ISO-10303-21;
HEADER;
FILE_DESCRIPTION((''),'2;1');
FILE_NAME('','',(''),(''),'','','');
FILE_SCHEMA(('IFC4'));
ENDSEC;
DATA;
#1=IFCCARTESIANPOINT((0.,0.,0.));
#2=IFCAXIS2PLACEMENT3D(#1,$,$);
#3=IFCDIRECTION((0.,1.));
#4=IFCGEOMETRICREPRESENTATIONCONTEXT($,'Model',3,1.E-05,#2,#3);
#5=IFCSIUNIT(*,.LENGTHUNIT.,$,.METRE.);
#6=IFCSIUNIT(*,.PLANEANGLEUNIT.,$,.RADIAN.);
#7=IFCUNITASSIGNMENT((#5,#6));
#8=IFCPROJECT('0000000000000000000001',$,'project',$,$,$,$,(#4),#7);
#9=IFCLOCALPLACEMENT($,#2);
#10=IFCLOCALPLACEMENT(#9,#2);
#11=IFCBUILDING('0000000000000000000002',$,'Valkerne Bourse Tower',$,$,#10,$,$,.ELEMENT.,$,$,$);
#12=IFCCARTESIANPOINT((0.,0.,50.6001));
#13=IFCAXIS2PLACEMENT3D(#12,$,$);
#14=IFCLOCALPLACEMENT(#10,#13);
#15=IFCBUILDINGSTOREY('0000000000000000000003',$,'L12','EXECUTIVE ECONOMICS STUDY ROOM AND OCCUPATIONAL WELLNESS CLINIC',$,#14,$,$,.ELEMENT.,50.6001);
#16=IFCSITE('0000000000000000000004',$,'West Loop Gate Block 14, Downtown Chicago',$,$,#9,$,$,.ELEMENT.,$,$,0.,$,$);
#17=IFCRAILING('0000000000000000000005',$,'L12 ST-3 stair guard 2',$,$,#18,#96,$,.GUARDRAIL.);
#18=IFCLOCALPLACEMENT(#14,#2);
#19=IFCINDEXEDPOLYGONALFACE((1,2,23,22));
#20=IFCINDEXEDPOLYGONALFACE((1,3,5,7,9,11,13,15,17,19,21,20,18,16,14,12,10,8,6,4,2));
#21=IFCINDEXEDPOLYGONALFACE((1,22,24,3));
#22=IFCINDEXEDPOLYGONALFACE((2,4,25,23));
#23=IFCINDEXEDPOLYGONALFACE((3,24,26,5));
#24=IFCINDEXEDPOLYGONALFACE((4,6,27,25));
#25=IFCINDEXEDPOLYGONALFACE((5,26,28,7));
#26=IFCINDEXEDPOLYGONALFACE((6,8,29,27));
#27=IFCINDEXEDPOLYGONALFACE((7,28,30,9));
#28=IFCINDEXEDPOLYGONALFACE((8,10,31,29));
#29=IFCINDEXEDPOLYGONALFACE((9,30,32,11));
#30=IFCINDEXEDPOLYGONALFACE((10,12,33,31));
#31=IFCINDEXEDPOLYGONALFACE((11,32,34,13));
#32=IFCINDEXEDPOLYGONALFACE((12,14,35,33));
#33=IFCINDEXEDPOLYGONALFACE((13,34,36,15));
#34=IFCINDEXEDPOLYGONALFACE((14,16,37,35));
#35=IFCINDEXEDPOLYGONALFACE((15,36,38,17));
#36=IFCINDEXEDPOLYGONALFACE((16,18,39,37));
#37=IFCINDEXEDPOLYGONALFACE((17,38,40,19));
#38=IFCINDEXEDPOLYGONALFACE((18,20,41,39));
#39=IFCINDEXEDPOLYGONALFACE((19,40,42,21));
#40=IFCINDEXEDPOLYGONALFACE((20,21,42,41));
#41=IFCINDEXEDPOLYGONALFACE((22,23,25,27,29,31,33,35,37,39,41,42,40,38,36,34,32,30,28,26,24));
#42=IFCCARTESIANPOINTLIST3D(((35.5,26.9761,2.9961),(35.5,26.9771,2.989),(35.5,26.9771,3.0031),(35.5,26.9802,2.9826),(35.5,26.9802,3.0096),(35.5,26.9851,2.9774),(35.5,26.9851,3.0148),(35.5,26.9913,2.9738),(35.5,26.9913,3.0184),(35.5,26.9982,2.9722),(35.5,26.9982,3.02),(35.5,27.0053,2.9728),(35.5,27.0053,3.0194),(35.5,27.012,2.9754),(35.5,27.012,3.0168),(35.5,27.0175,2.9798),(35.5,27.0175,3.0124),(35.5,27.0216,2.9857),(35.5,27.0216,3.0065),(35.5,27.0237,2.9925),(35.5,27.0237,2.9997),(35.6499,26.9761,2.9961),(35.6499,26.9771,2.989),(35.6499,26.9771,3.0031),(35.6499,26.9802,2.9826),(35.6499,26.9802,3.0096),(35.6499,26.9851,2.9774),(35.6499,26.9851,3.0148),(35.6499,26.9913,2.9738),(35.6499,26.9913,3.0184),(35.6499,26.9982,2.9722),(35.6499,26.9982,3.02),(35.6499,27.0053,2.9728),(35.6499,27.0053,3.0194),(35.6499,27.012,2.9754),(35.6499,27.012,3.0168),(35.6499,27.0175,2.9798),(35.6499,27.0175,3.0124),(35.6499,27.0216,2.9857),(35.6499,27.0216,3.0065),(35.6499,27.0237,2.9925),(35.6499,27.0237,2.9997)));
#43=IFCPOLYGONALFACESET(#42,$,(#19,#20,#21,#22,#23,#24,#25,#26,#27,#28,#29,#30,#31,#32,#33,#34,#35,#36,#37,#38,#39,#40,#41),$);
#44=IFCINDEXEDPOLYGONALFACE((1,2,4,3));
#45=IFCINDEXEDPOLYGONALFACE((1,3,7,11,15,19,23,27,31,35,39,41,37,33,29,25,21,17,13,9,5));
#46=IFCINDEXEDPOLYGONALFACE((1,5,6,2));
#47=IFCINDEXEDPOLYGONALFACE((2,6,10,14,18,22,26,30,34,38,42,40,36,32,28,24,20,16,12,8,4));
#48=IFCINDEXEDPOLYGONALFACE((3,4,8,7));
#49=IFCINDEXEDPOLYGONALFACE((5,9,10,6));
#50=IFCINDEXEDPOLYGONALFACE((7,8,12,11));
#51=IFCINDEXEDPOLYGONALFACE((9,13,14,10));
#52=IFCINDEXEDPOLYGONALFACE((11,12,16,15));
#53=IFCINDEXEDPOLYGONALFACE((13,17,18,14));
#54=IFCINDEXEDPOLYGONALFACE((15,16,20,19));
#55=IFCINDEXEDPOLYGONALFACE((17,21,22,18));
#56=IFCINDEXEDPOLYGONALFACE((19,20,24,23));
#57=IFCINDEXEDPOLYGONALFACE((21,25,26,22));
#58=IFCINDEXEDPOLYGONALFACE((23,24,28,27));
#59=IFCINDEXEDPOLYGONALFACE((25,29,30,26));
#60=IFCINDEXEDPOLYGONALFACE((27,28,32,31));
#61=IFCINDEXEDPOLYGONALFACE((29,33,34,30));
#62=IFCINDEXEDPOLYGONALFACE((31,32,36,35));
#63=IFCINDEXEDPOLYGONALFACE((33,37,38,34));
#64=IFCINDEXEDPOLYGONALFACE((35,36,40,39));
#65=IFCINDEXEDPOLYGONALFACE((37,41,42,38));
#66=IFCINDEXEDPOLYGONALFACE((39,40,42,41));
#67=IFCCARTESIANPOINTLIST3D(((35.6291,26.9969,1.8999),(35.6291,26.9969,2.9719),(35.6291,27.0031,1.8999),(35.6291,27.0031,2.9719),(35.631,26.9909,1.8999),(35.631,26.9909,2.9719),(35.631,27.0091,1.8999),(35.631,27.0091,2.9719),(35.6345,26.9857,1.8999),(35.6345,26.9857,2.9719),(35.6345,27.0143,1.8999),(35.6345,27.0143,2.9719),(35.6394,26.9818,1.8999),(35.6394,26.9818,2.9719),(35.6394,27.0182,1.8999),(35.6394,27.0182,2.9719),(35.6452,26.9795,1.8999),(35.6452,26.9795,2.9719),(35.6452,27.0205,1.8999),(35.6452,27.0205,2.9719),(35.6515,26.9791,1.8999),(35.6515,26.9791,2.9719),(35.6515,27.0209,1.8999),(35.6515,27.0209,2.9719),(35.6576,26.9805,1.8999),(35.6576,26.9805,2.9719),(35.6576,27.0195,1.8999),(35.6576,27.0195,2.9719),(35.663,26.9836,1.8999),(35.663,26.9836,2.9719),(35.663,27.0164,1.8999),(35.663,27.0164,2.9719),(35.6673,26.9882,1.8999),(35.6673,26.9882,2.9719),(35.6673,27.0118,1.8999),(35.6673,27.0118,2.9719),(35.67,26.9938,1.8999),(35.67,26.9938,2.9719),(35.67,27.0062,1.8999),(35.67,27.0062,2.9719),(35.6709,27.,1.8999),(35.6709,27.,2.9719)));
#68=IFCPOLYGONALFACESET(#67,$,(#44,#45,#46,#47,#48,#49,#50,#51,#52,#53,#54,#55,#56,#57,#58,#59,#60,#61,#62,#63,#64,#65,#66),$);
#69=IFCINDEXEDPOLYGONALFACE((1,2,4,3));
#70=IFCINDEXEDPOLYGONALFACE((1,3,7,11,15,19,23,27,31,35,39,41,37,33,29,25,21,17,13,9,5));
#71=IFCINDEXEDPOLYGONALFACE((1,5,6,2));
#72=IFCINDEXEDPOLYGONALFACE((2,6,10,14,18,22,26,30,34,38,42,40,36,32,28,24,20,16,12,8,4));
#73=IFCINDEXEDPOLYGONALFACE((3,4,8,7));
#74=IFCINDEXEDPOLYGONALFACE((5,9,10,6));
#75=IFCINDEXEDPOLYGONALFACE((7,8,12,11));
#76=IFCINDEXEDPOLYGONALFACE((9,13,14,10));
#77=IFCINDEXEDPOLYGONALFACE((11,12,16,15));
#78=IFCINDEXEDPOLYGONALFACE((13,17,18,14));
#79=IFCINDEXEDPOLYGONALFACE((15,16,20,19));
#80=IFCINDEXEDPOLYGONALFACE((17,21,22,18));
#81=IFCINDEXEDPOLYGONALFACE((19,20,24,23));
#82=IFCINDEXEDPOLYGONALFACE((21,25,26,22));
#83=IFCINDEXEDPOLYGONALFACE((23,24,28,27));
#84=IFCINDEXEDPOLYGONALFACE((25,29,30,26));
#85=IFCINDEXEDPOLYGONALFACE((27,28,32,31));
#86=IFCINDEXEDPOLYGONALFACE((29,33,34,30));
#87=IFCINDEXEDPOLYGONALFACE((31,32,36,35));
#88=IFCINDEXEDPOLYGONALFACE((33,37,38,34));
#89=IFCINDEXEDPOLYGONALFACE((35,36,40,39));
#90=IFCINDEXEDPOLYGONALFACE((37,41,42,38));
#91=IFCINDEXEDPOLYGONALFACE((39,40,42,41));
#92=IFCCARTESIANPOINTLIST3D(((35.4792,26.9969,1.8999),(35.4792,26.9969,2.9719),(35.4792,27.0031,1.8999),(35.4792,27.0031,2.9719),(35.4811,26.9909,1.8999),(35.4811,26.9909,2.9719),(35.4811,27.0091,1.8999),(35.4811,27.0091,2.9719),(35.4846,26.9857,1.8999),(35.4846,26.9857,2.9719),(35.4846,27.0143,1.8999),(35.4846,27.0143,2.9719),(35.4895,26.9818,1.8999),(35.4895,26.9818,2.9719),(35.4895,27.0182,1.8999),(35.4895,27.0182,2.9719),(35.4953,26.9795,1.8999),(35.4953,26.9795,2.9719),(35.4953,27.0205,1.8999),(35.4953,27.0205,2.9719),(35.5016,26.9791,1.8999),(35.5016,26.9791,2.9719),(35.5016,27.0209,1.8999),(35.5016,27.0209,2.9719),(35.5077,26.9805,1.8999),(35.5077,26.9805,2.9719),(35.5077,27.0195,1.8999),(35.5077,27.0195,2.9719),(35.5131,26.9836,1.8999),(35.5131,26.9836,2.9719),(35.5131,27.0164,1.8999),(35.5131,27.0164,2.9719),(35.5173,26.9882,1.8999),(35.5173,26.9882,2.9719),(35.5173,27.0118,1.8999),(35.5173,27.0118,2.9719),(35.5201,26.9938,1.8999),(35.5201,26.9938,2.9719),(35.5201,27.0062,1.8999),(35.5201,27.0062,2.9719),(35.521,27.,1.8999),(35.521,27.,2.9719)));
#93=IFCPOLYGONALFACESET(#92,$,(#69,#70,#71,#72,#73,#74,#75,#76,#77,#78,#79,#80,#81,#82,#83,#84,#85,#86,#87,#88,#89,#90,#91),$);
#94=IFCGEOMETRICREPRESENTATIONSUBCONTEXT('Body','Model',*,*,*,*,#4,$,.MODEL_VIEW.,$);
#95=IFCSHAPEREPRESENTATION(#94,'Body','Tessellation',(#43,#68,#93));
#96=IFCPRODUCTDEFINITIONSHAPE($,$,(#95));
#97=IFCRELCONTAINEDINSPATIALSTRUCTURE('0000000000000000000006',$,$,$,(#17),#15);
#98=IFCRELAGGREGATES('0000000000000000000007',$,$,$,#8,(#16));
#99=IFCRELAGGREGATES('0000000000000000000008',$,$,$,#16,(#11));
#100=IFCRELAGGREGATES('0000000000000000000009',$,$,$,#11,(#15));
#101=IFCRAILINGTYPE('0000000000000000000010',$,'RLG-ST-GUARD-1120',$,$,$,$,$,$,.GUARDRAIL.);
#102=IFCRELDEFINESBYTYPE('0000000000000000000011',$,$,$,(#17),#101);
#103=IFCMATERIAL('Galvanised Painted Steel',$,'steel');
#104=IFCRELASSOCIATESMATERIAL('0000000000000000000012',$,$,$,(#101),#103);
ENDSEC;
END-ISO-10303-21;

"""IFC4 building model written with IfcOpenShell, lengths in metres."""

from ifc_helpers import new_model, si_unit, direction, frame, origin, origin_2d, place, context, subcontext, project, spatial, circle, extrude, material, type_object, element, save


model = new_model("IFC4")

# Units and contexts
model_context = context("Model", 3, precision=1e-05, world=origin(), true_north=direction((0.0, 1.0)))
body_context = subcontext(model_context, "Body", "Model", "MODEL_VIEW")
ifc_project = project(units=[si_unit("LENGTHUNIT", "METRE"), si_unit("PLANEANGLEUNIT", "RADIAN")], contexts=[model_context])

# Site, building, storey
site_placement = place(None, origin())
site = spatial("IfcSite", under=ifc_project, at=site_placement, Name="West Loop Gate Block 14, Downtown Chicago", CompositionType="ELEMENT", RefElevation=0.0)
building_placement = place(site_placement, origin())
building = spatial("IfcBuilding", under=site, at=building_placement, Name="Valkerne Bourse Tower", CompositionType="ELEMENT")
storey_placement = place(building_placement, frame((0.0, 0.0, 50.6001)))
storey = spatial("IfcBuildingStorey", under=building, at=storey_placement, Name="L12", Description="EXECUTIVE ECONOMICS STUDY ROOM AND OCCUPATIONAL WELLNESS CLINIC", CompositionType="ELEMENT", Elevation=50.6001)

# Shared definitions
ifc_material_1 = material(Name="Galvanised Painted Steel", Category="steel")

# Railing
railing_type_1 = type_object("IfcRailingType", Name="RLG-ST-GUARD-1120", PredefinedType="GUARDRAIL", material=ifc_material_1)
railing_1_placement = place(storey_placement, frame((35.6499, 27.0, 1.8999)))
element("IfcRailing", 1, at=railing_1_placement, inside=storey, type_object=railing_type_1, Name="L12 ST-3 stair guard 2", PredefinedType="GUARDRAIL", context=body_context, shape_type="SweptSolid", body=[
    extrude(circle(Radius=0.0239, at=origin_2d()), frame((0.0, 0.0, 1.0962), z_axis=(-1.0, 0.0, 0.0), x_axis=(0.0, -1.0, 0.0)), (0.0, 0.0, 1.0), 0.1499),
    extrude(circle(Radius=0.021, at=origin_2d()), origin(), (0.0, 0.0, 1.0), 1.072),
    extrude(circle(Radius=0.021, at=origin_2d()), frame((-0.1499, 0.0, 0.0)), (0.0, 0.0, 1.0), 1.072),
])

save(model, "model.ifc")
